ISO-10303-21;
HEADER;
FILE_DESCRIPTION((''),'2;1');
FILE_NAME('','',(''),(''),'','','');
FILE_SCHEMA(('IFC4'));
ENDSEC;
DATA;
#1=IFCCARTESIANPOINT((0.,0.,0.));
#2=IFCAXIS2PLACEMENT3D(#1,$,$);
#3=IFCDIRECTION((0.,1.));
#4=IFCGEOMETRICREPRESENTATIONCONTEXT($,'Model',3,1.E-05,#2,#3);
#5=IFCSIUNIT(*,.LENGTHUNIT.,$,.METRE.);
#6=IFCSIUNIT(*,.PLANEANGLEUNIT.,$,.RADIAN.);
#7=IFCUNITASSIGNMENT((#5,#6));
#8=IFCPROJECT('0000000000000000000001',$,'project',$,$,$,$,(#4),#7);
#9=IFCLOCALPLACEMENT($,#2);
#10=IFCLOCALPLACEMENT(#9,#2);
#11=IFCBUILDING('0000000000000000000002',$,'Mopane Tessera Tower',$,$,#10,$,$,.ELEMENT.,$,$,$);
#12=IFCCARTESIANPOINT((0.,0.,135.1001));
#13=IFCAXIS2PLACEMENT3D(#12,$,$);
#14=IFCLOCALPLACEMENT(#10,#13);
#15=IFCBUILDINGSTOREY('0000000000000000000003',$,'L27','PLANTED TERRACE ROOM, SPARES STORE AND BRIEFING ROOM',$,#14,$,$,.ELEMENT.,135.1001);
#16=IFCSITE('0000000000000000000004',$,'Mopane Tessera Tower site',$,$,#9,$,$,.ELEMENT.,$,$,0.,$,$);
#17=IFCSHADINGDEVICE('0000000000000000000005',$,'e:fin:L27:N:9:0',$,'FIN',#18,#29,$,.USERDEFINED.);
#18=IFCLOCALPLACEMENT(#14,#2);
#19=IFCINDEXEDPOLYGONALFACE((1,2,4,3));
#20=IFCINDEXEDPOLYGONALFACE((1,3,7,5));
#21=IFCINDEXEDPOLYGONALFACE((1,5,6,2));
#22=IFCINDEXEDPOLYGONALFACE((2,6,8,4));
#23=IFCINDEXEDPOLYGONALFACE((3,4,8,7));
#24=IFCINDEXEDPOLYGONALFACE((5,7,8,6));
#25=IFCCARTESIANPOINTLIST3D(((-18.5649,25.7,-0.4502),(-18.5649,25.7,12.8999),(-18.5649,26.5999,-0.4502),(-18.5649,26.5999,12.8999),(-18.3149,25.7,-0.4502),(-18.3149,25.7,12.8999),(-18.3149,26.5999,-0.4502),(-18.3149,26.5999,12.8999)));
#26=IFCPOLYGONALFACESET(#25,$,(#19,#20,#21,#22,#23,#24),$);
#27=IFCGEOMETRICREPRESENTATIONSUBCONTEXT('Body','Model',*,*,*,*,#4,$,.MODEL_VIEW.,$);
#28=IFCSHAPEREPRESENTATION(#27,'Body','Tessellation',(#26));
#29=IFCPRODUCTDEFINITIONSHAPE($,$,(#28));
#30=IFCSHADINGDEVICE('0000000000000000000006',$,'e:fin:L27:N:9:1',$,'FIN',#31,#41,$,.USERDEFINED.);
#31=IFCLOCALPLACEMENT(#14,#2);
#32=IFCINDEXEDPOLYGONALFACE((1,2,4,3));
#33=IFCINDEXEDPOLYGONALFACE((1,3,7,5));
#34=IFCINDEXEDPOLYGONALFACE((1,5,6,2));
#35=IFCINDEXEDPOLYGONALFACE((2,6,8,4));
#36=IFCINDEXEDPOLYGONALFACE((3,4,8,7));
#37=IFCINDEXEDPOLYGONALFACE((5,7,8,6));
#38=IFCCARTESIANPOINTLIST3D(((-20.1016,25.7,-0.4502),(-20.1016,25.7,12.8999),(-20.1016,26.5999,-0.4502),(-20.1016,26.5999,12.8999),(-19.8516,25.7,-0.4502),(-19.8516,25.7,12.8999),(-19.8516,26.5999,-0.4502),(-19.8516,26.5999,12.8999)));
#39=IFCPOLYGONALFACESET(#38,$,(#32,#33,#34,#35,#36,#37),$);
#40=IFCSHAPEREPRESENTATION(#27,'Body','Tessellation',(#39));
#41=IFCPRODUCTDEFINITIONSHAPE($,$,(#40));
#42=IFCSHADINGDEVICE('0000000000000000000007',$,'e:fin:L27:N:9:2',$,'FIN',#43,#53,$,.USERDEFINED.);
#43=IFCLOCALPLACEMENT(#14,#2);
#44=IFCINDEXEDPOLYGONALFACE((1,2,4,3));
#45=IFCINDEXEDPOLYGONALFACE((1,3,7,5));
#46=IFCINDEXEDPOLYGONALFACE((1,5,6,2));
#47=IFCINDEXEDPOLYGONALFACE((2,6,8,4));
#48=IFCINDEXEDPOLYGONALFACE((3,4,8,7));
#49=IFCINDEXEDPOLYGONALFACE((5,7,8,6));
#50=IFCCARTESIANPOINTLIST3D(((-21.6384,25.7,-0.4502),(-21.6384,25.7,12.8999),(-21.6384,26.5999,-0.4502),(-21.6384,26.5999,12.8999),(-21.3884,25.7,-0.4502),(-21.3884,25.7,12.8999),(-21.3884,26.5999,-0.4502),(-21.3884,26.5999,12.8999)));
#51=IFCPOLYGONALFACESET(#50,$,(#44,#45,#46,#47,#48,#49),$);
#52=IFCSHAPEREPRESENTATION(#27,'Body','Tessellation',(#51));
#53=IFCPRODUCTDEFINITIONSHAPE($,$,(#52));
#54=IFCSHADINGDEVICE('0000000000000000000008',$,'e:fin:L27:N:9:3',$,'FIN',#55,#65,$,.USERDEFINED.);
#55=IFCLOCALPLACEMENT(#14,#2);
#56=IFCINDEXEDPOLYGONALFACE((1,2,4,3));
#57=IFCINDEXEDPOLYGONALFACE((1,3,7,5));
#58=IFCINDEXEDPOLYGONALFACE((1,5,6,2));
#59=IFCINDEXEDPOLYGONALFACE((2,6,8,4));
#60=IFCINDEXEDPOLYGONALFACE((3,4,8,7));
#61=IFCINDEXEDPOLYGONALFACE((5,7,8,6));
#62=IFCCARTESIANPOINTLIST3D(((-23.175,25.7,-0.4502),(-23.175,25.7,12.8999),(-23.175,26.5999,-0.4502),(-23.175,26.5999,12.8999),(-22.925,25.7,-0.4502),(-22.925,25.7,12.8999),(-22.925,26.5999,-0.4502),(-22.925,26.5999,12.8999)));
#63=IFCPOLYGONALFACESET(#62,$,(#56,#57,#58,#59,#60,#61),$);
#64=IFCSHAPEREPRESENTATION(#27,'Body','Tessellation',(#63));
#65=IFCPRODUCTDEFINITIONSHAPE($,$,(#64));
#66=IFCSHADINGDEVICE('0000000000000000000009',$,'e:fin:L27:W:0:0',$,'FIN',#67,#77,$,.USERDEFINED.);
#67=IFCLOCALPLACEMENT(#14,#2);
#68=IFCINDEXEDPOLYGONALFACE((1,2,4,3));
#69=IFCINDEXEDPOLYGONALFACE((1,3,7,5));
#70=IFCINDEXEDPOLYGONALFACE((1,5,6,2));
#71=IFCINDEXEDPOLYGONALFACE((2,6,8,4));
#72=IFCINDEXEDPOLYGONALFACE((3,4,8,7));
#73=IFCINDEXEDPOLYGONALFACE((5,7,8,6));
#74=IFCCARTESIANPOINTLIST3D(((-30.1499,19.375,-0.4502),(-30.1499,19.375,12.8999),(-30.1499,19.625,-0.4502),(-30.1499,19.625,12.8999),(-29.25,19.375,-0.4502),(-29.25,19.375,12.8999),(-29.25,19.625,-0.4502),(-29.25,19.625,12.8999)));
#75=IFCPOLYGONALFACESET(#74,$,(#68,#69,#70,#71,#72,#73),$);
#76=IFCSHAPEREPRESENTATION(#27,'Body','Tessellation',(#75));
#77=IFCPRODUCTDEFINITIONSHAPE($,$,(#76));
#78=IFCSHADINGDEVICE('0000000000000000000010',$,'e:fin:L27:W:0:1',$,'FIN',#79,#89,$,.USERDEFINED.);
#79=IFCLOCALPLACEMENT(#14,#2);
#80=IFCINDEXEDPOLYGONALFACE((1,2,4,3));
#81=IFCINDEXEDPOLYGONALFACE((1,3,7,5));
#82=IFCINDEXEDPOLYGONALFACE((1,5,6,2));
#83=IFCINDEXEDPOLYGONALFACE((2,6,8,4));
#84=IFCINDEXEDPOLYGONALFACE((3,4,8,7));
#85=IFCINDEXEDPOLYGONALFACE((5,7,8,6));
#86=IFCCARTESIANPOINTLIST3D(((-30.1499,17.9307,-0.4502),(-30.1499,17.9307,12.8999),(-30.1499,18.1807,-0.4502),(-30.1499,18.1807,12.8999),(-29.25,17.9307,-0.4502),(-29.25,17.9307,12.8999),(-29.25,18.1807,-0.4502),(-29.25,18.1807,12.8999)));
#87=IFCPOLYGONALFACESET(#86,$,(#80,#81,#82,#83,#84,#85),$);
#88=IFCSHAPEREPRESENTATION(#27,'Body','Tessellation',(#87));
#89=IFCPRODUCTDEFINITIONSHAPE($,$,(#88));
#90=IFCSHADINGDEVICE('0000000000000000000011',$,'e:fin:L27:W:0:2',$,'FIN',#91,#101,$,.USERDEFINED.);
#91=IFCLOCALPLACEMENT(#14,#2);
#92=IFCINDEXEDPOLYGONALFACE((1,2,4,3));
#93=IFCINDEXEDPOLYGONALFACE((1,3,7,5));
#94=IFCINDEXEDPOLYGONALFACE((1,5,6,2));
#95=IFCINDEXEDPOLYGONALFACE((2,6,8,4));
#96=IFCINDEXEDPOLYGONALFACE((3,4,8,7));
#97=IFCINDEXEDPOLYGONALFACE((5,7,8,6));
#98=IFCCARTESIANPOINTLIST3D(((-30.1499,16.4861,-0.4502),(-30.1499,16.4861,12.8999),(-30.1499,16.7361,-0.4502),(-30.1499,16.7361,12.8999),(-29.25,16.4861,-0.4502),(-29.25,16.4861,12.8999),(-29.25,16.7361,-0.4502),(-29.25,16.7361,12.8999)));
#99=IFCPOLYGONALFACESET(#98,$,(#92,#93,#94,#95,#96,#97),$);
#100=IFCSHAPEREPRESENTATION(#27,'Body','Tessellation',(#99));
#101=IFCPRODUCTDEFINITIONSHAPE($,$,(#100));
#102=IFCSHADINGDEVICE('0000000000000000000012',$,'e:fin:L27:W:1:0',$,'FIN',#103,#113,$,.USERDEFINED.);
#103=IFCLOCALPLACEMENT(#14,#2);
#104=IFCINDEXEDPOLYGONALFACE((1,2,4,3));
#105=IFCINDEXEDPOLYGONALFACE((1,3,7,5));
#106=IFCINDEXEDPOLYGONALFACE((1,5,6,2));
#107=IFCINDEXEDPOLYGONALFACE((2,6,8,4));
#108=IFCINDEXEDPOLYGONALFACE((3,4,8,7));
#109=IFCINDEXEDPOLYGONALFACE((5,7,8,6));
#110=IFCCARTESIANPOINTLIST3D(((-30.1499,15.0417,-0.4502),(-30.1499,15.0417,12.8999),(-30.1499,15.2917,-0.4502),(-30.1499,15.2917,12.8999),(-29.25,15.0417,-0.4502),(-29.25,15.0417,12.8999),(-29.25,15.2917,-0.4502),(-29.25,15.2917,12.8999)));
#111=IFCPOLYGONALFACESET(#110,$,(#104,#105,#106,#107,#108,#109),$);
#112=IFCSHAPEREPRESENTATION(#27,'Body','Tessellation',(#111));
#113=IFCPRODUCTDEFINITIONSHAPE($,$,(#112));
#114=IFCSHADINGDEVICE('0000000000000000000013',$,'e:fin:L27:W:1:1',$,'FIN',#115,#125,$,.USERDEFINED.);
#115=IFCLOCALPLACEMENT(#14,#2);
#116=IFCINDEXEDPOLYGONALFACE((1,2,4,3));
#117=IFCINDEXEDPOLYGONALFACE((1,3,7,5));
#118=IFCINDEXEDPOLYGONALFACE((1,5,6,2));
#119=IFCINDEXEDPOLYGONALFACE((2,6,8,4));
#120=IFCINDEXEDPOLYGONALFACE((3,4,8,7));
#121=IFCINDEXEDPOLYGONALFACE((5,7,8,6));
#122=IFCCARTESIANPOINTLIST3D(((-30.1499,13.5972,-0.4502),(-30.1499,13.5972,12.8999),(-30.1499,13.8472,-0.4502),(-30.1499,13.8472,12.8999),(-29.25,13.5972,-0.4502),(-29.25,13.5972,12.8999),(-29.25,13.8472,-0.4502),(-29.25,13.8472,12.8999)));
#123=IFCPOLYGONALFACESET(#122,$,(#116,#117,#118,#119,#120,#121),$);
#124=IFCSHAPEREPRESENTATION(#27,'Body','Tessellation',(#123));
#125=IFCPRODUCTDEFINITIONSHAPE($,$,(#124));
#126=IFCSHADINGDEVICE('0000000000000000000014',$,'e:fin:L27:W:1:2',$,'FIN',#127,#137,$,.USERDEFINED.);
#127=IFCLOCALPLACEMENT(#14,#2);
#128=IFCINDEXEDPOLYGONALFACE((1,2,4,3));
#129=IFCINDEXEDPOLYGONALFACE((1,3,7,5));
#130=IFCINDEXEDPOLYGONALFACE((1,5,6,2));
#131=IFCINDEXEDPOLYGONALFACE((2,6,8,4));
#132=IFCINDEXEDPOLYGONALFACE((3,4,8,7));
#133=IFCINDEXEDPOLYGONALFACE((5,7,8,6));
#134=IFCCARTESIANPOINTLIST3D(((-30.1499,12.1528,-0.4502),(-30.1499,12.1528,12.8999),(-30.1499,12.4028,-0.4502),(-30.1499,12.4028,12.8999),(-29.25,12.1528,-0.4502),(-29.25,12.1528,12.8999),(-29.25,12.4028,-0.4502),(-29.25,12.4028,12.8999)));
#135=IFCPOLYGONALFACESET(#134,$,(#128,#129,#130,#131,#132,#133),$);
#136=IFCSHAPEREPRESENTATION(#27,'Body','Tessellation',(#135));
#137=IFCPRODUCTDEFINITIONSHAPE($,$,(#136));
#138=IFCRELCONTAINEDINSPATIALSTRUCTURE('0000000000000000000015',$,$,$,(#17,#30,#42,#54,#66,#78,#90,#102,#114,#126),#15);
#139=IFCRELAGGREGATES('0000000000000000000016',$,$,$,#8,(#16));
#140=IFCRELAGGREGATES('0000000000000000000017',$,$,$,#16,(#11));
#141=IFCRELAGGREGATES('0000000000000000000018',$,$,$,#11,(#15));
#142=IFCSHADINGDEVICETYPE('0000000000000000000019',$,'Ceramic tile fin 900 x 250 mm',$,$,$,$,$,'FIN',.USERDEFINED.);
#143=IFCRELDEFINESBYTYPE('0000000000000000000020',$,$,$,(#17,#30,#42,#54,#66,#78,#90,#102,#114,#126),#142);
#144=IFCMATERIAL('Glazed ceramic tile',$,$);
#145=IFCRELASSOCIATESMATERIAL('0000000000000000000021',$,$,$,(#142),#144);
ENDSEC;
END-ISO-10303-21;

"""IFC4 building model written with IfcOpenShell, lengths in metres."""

from ifc_helpers import new_model, si_unit, direction, frame, origin, origin_2d, place, context, subcontext, project, spatial, rectangle, extrude, material, type_object, element, save


model = new_model("IFC4")

# Units and contexts
model_context = context("Model", 3, precision=1e-05, world=origin(), true_north=direction((0.0, 1.0)))
body_context = subcontext(model_context, "Body", "Model", "MODEL_VIEW")
ifc_project = project(units=[si_unit("LENGTHUNIT", "METRE"), si_unit("PLANEANGLEUNIT", "RADIAN")], contexts=[model_context])

# Site, building, storey
site_placement = place(None, origin())
site = spatial("IfcSite", under=ifc_project, at=site_placement, Name="Mopane Tessera Tower site", CompositionType="ELEMENT", RefElevation=0.0)
building_placement = place(site_placement, origin())
building = spatial("IfcBuilding", under=site, at=building_placement, Name="Mopane Tessera Tower", CompositionType="ELEMENT")
storey_placement = place(building_placement, frame((0.0, 0.0, 135.1001)))
storey = spatial("IfcBuildingStorey", under=building, at=storey_placement, Name="L27", Description="PLANTED TERRACE ROOM, SPARES STORE AND BRIEFING ROOM", CompositionType="ELEMENT", Elevation=135.1001)

# Shading devices
ifc_material_1 = material(Name="Glazed ceramic tile")
shading_device_type = type_object("IfcShadingDeviceType", Name="Ceramic tile fin 900 x 250 mm", ElementType="FIN", PredefinedType="USERDEFINED", material=ifc_material_1)
for number, where, z_axis, x_axis, name in (
    (1, (-18.4399, 26.1499, -0.4502), (0.0, 0.0, 1.0), (-1.0, 0.0, 0.0), "e:fin:L27:N:9:0"),
    (2, (-19.9766, 26.1499, -0.4502), (0.0, 0.0, 1.0), (-1.0, 0.0, 0.0), "e:fin:L27:N:9:1"),
    (3, (-21.5134, 26.1499, -0.4502), (0.0, 0.0, 1.0), (-1.0, 0.0, 0.0), "e:fin:L27:N:9:2"),
    (4, (-23.05, 26.1499, -0.4502), (0.0, 0.0, 1.0), (-1.0, 0.0, 0.0), "e:fin:L27:N:9:3"),
    (5, (-29.7, 19.5, -0.4502), (0.0, 0.0, 1.0), (0.0, -1.0, 0.0), "e:fin:L27:W:0:0"),
    (6, (-29.7, 18.0557, -0.4502), (0.0, 0.0, 1.0), (0.0, -1.0, 0.0), "e:fin:L27:W:0:1"),
    (7, (-29.7, 16.6111, -0.4502), (0.0, 0.0, 1.0), (0.0, -1.0, 0.0), "e:fin:L27:W:0:2"),
    (8, (-29.7, 15.1667, -0.4502), (0.0, 0.0, 1.0), (0.0, -1.0, 0.0), "e:fin:L27:W:1:0"),
    (9, (-29.7, 13.7222, -0.4502), (0.0, 0.0, 1.0), (0.0, -1.0, 0.0), "e:fin:L27:W:1:1"),
    (10, (-29.7, 12.2778, -0.4502), (0.0, 0.0, 1.0), (0.0, -1.0, 0.0), "e:fin:L27:W:1:2"),
):
    element("IfcShadingDevice", number, at=place(storey_placement, frame(where, z_axis=z_axis, x_axis=x_axis)), inside=storey, type_object=shading_device_type, Name=name, ObjectType="FIN", PredefinedType="USERDEFINED", context=body_context, shape_type="SweptSolid", body=[
        extrude(rectangle(XDim=0.25, YDim=0.8999, at=origin_2d()), origin(), (0.0, 0.0, 1.0), 13.3501),
    ])

save(model, "model.ifc")
